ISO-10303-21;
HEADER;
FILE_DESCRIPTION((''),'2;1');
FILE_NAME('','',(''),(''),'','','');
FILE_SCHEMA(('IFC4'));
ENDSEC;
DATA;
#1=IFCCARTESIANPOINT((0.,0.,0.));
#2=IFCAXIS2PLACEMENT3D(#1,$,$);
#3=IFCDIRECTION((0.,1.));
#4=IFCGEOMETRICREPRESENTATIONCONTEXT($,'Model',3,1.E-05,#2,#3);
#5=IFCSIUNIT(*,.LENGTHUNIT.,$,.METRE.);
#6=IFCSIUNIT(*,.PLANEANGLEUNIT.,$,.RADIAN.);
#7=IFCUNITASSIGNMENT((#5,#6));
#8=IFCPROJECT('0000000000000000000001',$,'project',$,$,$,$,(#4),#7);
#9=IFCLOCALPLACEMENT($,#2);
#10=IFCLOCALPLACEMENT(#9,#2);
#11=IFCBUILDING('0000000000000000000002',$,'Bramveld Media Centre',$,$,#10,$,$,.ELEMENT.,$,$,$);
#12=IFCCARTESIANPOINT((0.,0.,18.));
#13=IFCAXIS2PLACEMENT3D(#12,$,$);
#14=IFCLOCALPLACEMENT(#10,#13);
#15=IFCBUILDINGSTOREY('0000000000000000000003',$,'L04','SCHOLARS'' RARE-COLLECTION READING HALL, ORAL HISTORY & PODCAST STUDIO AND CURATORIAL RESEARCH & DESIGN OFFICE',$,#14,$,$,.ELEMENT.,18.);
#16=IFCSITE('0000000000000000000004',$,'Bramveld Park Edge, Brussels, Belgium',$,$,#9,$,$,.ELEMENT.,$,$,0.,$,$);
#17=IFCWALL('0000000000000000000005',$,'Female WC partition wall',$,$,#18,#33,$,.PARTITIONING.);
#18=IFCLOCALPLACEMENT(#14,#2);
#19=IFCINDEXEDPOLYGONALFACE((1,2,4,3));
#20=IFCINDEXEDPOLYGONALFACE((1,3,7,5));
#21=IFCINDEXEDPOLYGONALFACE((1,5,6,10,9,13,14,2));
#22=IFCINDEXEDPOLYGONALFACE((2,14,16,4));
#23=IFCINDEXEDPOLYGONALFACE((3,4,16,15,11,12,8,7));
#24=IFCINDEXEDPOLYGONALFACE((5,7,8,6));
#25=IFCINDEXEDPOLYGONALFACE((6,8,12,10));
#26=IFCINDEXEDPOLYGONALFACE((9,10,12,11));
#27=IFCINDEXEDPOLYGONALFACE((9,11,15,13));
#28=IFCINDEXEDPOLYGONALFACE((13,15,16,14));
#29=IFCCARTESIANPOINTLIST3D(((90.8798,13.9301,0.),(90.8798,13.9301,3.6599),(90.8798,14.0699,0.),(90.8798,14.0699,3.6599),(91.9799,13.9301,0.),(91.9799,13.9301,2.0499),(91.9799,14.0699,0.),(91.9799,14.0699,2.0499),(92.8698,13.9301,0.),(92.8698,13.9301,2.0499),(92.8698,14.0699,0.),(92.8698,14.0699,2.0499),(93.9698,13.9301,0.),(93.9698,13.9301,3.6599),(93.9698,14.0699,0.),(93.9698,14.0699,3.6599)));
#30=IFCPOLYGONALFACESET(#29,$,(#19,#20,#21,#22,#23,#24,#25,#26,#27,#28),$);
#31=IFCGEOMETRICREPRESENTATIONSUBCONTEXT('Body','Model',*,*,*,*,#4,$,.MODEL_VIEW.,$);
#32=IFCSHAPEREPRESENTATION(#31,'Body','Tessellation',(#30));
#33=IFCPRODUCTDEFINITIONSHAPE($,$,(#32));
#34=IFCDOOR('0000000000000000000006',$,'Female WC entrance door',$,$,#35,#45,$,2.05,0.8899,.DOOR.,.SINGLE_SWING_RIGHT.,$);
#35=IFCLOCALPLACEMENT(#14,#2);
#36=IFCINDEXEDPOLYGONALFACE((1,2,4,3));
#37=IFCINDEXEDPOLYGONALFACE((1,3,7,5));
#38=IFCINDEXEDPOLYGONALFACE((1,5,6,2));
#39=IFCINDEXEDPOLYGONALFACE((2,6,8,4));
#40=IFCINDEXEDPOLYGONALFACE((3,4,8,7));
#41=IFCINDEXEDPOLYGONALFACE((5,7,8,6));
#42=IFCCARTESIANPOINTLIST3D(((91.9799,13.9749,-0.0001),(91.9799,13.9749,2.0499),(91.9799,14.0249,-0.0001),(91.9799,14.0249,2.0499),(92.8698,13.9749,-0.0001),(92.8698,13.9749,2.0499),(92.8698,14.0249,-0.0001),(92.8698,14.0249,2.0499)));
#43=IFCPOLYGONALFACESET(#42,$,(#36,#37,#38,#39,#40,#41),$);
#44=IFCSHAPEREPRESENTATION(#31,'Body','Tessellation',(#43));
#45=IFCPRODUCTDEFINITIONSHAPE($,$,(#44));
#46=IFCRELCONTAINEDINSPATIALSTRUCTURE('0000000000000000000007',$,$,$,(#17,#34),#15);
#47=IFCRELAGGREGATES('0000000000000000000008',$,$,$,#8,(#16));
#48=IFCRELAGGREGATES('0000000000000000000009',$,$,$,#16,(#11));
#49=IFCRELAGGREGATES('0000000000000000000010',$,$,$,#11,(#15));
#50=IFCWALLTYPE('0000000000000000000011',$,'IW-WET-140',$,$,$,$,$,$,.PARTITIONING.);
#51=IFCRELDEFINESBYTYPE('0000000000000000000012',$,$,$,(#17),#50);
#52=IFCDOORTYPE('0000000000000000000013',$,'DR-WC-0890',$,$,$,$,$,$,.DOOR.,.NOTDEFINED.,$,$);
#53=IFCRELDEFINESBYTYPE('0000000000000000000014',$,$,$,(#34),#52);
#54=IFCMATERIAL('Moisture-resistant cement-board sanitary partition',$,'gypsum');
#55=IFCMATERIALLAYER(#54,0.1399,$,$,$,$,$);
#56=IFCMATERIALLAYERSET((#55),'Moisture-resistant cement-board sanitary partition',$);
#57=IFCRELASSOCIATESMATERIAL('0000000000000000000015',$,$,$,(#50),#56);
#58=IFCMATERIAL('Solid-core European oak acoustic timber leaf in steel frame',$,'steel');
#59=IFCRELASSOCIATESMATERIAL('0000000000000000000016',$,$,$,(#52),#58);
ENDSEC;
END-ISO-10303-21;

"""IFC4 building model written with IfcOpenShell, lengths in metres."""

from ifc_helpers import new_model, si_unit, direction, frame, frame_2d, origin, place, context, subcontext, project, spatial, rectangle, extrude, material, layer, layer_set, type_object, element, fill, save


model = new_model("IFC4")

# Units and contexts
model_context = context("Model", 3, precision=1e-05, world=origin(), true_north=direction((0.0, 1.0)))
body_context = subcontext(model_context, "Body", "Model", "MODEL_VIEW")
ifc_project = project(units=[si_unit("LENGTHUNIT", "METRE"), si_unit("PLANEANGLEUNIT", "RADIAN")], contexts=[model_context])

# Site, building, storey
site_placement = place(None, origin())
site = spatial("IfcSite", under=ifc_project, at=site_placement, Name="Bramveld Park Edge, Brussels, Belgium", CompositionType="ELEMENT", RefElevation=0.0)
building_placement = place(site_placement, origin())
building = spatial("IfcBuilding", under=site, at=building_placement, Name="Bramveld Media Centre", CompositionType="ELEMENT")
storey_placement = place(building_placement, frame((0.0, 0.0, 18.0)))
storey = spatial("IfcBuildingStorey", under=building, at=storey_placement, Name="L04", Description="SCHOLARS' RARE-COLLECTION READING HALL, ORAL HISTORY & PODCAST STUDIO AND CURATORIAL RESEARCH & DESIGN OFFICE", CompositionType="ELEMENT", Elevation=18.0)

# Shared definitions
ifc_material_1 = material(Name="Moisture-resistant cement-board sanitary partition", Category="gypsum")
ifc_layer_1 = layer(ifc_material_1, 0.1399)
ifc_layer_set_1 = layer_set([ifc_layer_1], Name="Moisture-resistant cement-board sanitary partition")
wall_type_1 = type_object("IfcWallType", Name="IW-WET-140", PredefinedType="PARTITIONING", material=ifc_layer_set_1)

# Wall, opening, door
wall_1_placement = place(storey_placement, frame((90.8799, 14.0, 0.0), z_axis=(0.0, 0.0, 1.0), x_axis=(1.0, 0.0, 0.0)))
wall_1 = element("IfcWall", 1, at=wall_1_placement, inside=storey, type_object=wall_type_1, Name="Female WC partition wall", PredefinedType="PARTITIONING", context=body_context, shape_type="SweptSolid", body=[
    extrude(rectangle(XDim=3.0901, YDim=0.1399, at=frame_2d((1.5449, 0.0))), origin(), (0.0, 0.0, 1.0), 3.6599),
])
opening_1_placement = place(wall_1_placement, frame((1.1001, 0.0, 0.0)))
opening_1 = element("IfcOpeningElement", 2, at=opening_1_placement, cuts=wall_1, PredefinedType="OPENING", context=body_context, shape_type="SweptSolid", body=[
    extrude(rectangle(XDim=0.8899, YDim=2.05, at=frame_2d((0.4448, 1.0249))), frame((0.0, 0.082, 0.0), z_axis=(0.0, -1.0, 0.0), x_axis=(1.0, 0.0, 0.0)), (0.0, 0.0, 1.0), 0.1638),
])
ifc_material_2 = material(Name="Solid-core European oak acoustic timber leaf in steel frame", Category="steel")
door_type = type_object("IfcDoorType", Name="DR-WC-0890", OperationType="NOTDEFINED", PredefinedType="DOOR", material=ifc_material_2)
door_placement = place(opening_1_placement, origin())
door = element("IfcDoor", 3, at=door_placement, inside=storey, type_object=door_type, Name="Female WC entrance door", OperationType="SINGLE_SWING_RIGHT", OverallHeight=2.05, OverallWidth=0.8899, PredefinedType="DOOR", context=body_context, shape_type="SweptSolid", body=[
    extrude(rectangle(XDim=0.8899, YDim=2.05, at=frame_2d((0.4448, 1.0249))), frame((0.0, 0.0249, 0.0), z_axis=(0.0, -1.0, 0.0), x_axis=(1.0, 0.0, 0.0)), (0.0, 0.0, 1.0), 0.05),
])
fill(opening_1, door)

save(model, "model.ifc")
